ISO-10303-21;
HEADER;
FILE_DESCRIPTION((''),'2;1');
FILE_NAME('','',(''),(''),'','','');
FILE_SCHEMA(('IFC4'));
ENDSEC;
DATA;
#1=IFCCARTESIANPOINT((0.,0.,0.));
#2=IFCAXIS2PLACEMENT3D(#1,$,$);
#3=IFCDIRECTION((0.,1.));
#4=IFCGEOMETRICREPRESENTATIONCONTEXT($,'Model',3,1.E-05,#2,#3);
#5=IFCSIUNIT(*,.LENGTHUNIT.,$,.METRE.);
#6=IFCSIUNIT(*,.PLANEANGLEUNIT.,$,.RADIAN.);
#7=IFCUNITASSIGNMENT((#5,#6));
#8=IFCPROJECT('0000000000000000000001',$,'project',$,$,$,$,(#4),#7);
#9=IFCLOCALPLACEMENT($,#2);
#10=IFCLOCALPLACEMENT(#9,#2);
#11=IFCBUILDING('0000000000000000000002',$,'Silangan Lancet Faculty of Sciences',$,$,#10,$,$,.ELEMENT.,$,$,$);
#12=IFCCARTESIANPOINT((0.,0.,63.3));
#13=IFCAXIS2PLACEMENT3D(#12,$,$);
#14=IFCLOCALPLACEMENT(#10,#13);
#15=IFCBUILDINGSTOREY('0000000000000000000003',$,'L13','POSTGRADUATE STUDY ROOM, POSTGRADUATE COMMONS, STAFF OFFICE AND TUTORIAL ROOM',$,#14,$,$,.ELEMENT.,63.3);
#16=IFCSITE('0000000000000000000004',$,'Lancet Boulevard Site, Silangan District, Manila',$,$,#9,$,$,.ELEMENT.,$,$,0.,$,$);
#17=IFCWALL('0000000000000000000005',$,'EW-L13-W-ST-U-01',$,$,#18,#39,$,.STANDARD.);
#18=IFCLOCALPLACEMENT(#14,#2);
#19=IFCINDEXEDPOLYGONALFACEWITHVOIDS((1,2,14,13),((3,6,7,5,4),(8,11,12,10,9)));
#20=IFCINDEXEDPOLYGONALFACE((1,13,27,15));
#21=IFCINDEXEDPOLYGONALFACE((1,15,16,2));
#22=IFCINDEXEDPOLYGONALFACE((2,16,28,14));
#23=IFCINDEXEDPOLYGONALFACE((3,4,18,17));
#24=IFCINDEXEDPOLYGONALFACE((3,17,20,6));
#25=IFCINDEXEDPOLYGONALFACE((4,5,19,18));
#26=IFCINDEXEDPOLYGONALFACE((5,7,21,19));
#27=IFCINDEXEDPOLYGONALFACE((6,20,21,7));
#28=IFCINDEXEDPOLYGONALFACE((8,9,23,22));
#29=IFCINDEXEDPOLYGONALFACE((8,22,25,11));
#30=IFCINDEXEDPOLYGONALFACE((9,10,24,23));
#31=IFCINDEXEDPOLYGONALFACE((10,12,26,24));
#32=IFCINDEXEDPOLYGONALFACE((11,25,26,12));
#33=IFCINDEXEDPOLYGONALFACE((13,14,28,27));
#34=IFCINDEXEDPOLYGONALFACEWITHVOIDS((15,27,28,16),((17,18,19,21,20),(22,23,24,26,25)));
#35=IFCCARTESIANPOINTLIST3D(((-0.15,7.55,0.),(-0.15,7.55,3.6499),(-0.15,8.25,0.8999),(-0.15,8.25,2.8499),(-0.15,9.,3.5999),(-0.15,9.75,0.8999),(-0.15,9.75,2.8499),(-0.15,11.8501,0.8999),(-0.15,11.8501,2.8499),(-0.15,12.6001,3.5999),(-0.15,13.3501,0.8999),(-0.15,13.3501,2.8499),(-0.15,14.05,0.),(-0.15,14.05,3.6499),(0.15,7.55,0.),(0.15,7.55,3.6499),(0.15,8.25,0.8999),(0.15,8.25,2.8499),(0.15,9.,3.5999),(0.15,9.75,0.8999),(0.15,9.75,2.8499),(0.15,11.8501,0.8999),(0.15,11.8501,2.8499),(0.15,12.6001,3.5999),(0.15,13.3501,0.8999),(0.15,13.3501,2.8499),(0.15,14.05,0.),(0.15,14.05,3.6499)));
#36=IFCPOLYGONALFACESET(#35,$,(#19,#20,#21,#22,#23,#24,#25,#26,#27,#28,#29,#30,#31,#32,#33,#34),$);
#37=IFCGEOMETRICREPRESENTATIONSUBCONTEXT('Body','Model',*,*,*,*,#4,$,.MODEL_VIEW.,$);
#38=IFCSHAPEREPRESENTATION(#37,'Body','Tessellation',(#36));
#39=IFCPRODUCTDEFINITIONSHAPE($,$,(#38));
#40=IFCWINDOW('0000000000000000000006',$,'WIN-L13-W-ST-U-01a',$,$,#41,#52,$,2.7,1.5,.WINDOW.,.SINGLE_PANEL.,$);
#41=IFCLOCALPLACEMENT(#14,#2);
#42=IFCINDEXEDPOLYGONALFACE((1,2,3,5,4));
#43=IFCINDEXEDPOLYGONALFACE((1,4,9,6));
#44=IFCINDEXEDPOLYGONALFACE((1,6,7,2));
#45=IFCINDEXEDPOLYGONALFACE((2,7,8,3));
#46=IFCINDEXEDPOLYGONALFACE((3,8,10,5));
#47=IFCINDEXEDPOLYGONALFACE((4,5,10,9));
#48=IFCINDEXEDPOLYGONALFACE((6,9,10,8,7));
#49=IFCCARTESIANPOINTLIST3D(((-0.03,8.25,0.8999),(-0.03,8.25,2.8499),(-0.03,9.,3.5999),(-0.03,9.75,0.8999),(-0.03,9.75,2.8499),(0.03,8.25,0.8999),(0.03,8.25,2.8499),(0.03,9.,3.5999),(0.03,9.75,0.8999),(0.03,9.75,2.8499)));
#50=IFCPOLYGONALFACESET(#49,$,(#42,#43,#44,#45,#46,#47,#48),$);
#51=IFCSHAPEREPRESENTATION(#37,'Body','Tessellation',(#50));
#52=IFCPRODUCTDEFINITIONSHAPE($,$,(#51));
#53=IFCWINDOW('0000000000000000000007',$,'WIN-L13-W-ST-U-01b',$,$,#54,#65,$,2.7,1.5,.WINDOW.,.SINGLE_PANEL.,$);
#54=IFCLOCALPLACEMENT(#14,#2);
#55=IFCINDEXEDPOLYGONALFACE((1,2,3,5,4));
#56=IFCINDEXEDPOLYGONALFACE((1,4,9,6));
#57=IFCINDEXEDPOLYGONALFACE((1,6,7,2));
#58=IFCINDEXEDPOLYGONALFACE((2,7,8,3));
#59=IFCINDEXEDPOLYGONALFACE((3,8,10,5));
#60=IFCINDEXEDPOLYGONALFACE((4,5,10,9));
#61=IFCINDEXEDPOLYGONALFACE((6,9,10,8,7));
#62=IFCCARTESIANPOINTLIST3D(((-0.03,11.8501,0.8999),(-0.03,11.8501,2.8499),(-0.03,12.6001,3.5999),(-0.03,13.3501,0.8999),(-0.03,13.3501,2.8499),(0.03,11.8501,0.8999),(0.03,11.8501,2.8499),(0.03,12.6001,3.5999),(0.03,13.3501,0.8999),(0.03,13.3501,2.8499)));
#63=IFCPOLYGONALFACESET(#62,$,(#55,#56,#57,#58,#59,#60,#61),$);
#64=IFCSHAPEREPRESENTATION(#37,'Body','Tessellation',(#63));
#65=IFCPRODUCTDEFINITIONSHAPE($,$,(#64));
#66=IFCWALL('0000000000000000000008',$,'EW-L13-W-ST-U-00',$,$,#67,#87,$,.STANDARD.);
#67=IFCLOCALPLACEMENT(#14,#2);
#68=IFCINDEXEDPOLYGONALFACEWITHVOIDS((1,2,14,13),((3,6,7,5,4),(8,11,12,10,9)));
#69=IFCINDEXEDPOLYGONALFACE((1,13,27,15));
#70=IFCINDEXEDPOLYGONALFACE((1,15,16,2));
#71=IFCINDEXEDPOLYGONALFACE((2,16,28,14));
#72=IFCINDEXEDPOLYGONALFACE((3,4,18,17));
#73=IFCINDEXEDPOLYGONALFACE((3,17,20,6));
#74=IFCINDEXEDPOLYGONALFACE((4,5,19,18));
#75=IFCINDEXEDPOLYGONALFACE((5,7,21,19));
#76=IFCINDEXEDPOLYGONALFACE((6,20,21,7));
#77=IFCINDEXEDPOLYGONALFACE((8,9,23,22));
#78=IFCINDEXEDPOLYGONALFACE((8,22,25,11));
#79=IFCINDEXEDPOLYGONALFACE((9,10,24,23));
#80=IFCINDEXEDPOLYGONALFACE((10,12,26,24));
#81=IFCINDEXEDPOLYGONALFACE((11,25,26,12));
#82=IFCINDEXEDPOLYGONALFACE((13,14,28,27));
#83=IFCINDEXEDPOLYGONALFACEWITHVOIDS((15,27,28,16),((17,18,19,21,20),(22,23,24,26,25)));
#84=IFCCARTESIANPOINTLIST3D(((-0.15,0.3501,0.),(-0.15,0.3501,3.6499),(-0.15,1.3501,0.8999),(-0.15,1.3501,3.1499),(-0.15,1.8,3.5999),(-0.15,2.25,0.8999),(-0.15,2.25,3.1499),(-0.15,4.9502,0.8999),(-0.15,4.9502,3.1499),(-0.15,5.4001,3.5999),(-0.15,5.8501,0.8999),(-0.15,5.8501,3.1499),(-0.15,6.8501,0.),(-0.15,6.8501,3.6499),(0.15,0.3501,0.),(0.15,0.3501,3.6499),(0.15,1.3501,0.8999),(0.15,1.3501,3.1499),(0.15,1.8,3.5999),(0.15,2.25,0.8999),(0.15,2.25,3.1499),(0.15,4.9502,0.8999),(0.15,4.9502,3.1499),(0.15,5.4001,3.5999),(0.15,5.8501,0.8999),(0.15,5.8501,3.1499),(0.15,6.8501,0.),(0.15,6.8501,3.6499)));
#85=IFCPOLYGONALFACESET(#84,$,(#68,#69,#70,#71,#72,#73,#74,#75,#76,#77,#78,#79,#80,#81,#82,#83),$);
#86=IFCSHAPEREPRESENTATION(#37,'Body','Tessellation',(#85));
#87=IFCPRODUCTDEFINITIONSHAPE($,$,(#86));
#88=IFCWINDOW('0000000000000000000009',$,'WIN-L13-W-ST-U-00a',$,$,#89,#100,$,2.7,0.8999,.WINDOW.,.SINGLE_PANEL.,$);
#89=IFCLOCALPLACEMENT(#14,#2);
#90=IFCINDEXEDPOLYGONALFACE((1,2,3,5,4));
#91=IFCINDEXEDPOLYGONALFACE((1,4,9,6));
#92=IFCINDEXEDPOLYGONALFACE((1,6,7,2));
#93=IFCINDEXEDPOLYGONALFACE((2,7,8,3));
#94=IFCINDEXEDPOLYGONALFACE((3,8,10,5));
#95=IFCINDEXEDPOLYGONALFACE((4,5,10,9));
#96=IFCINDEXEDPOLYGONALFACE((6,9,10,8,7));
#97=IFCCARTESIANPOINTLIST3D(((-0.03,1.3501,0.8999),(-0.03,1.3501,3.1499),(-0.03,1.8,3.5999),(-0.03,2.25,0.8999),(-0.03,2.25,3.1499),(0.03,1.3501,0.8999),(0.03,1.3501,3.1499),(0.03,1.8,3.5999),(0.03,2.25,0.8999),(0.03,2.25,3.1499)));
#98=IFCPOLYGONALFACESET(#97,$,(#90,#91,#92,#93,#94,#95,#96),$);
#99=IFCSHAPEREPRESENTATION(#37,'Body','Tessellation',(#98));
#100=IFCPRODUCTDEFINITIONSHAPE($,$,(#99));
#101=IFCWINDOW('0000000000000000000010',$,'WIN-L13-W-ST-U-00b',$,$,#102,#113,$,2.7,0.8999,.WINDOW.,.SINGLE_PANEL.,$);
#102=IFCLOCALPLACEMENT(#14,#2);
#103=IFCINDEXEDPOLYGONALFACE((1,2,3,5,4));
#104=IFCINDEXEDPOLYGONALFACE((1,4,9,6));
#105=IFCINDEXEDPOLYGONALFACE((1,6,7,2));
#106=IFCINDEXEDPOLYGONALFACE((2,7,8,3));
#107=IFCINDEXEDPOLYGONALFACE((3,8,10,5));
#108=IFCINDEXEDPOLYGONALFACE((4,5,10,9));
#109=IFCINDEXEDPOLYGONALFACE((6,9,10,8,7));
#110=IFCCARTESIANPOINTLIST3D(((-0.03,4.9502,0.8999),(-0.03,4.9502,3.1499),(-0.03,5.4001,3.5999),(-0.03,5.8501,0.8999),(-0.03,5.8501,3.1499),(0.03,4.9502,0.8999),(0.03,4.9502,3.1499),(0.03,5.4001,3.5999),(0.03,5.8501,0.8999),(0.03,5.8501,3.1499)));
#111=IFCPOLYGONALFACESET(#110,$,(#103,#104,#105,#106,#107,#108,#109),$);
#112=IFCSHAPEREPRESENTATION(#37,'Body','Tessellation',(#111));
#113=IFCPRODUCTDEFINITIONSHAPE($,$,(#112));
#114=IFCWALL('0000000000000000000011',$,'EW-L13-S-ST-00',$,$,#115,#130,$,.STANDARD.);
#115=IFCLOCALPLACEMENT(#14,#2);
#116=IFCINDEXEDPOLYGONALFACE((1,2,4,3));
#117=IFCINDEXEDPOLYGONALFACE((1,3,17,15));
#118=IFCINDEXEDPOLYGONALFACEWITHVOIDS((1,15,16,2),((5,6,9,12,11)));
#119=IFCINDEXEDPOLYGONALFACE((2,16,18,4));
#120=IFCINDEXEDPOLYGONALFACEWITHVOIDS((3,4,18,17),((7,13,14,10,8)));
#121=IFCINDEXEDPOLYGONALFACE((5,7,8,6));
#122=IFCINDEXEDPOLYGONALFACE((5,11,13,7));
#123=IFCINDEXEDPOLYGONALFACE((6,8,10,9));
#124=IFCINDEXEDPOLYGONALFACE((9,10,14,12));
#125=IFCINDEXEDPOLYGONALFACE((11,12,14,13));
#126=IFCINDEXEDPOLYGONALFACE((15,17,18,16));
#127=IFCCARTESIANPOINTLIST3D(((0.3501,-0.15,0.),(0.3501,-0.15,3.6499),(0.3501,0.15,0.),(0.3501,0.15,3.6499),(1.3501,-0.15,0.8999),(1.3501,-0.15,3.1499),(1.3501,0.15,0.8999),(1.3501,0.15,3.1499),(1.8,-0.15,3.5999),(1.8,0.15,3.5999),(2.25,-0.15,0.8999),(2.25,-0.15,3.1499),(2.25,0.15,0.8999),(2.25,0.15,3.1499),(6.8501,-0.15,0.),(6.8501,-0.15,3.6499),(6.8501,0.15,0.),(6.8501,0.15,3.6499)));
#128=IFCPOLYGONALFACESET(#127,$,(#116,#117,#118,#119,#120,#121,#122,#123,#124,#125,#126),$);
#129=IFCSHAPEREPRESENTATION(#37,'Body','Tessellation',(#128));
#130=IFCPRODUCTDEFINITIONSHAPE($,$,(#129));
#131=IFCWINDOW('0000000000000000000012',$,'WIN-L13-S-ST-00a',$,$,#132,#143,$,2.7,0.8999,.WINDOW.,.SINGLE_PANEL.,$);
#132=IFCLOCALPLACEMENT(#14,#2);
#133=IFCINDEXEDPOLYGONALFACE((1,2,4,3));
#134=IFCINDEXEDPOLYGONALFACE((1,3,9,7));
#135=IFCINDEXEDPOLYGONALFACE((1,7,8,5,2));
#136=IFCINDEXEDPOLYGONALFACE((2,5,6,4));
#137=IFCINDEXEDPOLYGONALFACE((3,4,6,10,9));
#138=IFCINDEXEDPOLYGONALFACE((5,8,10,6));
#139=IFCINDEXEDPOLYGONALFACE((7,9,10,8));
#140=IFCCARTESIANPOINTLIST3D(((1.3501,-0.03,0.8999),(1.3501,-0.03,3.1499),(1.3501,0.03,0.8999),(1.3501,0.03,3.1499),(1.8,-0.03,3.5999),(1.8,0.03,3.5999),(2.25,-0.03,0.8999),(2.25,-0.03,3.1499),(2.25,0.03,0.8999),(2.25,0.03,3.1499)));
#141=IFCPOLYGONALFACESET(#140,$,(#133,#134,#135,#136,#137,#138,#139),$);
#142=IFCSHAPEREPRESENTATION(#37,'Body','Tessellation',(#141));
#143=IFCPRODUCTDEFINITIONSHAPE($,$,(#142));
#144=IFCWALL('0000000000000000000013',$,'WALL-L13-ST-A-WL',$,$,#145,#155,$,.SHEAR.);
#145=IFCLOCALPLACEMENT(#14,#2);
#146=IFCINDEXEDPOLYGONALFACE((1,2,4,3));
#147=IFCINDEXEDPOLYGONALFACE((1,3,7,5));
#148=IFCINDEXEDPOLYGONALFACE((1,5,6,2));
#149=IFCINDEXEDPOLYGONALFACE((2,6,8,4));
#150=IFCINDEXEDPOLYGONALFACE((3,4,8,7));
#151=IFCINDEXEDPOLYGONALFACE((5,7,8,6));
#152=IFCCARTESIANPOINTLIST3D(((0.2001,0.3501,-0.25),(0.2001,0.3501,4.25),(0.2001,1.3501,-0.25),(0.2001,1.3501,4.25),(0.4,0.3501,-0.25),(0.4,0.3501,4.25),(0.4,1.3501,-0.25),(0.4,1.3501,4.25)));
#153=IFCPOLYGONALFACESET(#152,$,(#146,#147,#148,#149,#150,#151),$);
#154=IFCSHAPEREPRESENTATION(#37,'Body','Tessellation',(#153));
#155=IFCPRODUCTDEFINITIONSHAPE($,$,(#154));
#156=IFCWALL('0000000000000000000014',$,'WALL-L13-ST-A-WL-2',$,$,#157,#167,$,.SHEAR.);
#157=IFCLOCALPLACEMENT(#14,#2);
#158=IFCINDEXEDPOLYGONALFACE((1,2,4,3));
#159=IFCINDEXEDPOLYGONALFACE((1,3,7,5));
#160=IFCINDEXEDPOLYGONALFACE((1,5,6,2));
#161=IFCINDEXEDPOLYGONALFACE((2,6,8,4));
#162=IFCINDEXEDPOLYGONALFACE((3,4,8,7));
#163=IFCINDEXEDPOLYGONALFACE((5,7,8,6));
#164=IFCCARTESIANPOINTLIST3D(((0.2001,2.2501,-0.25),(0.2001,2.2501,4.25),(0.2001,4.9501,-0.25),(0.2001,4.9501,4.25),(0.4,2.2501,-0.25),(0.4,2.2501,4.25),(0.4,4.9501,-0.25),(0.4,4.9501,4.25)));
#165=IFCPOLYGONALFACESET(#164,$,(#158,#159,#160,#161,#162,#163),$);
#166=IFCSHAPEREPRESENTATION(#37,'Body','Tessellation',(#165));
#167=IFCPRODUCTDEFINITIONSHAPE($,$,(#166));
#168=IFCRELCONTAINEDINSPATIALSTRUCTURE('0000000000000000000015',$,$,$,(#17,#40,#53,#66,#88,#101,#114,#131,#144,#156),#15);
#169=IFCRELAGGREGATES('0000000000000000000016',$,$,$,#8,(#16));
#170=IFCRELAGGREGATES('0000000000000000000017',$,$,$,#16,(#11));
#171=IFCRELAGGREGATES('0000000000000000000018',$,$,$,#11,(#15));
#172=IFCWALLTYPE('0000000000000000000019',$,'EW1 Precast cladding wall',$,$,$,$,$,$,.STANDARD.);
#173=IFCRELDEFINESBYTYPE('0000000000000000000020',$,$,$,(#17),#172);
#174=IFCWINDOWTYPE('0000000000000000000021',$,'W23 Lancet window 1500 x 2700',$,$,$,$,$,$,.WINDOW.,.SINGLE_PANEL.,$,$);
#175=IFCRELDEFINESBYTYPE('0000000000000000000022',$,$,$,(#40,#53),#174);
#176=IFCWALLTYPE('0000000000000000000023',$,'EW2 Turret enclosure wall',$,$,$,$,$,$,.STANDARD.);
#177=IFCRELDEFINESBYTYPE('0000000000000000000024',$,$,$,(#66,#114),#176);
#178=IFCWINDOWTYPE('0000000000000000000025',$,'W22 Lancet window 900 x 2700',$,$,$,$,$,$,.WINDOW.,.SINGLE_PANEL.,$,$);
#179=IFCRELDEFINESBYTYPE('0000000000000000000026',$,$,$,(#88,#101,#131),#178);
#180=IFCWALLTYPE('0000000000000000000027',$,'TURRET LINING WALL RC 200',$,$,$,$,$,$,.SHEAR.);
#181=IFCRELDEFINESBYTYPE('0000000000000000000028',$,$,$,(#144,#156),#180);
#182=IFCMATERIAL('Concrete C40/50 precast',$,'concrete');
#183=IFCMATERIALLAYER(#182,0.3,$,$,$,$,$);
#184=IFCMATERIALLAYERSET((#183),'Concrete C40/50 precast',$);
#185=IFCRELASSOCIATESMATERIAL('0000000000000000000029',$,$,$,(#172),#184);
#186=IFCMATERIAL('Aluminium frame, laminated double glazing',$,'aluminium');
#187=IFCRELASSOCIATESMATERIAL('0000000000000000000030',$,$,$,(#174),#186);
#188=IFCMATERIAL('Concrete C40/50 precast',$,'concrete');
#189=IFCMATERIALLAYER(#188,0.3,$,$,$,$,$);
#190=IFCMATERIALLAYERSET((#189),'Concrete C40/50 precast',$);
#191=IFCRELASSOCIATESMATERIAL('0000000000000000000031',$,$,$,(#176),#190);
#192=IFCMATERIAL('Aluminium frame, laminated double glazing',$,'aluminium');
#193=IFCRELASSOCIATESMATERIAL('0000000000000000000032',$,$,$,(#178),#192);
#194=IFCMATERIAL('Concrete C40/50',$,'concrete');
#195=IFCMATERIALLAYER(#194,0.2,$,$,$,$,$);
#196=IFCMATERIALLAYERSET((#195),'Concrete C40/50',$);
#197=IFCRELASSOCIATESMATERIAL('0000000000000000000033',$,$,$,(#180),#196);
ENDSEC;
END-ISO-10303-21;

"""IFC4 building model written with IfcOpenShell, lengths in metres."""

from ifc_helpers import new_model, si_unit, direction, frame, frame_2d, origin, place, context, subcontext, project, spatial, polyline, rectangle, outline, extrude, material, layer, layer_set, type_object, element, fill, save


model = new_model("IFC4")

# Units and contexts
model_context = context("Model", 3, precision=1e-05, world=origin(), true_north=direction((0.0, 1.0)))
body_context = subcontext(model_context, "Body", "Model", "MODEL_VIEW")
ifc_project = project(units=[si_unit("LENGTHUNIT", "METRE"), si_unit("PLANEANGLEUNIT", "RADIAN")], contexts=[model_context])

# Site, building, storey
site_placement = place(None, origin())
site = spatial("IfcSite", under=ifc_project, at=site_placement, Name="Lancet Boulevard Site, Silangan District, Manila", CompositionType="ELEMENT", RefElevation=0.0)
building_placement = place(site_placement, origin())
building = spatial("IfcBuilding", under=site, at=building_placement, Name="Silangan Lancet Faculty of Sciences", CompositionType="ELEMENT")
storey_placement = place(building_placement, frame((0.0, 0.0, 63.3)))
storey = spatial("IfcBuildingStorey", under=building, at=storey_placement, Name="L13", Description="POSTGRADUATE STUDY ROOM, POSTGRADUATE COMMONS, STAFF OFFICE AND TUTORIAL ROOM", CompositionType="ELEMENT", Elevation=63.3)

# Walls, openings, windows
ifc_material_1 = material(Name="Concrete C40/50 precast", Category="concrete")
ifc_layer_1 = layer(ifc_material_1, 0.3)
ifc_layer_set_1 = layer_set([ifc_layer_1], Name="Concrete C40/50 precast")
wall_type_1 = type_object("IfcWallType", Name="EW1 Precast cladding wall", PredefinedType="STANDARD", material=ifc_layer_set_1)
wall_1_placement = place(storey_placement, frame((0.0, 7.55, 0.0), z_axis=(0.0, 0.0, 1.0), x_axis=(0.0, 1.0, 0.0)))
wall_1 = element("IfcWall", 1, at=wall_1_placement, inside=storey, type_object=wall_type_1, Name="EW-L13-W-ST-U-01", PredefinedType="STANDARD", context=body_context, shape_type="SweptSolid", body=[
    extrude(rectangle(XDim=6.5, YDim=0.3, at=frame_2d((3.25, 0.0))), origin(), (0.0, 0.0, 1.0), 3.6499),
])
opening_1_placement = place(wall_1_placement, frame((0.7, 0.0, 0.8999)))
opening_1 = element("IfcOpeningElement", 2, at=opening_1_placement, cuts=wall_1, PredefinedType="OPENING", context=body_context, shape_type="SweptSolid", body=[
    extrude(outline(polyline([(0.0, 0.0), (1.5, 0.0), (1.5, 1.95), (0.75, 2.7), (0.0, 1.95), (0.0, 0.0)])), frame((0.0, 0.1599, 0.0), z_axis=(0.0, -1.0, 0.0), x_axis=(1.0, 0.0, 0.0)), (0.0, 0.0, 1.0), 0.3201),
])
opening_2_placement = place(wall_1_placement, frame((4.3, 0.0, 0.8999)))
opening_2 = element("IfcOpeningElement", 3, at=opening_2_placement, cuts=wall_1, PredefinedType="OPENING", context=body_context, shape_type="SweptSolid", body=[
    extrude(outline(polyline([(0.0, 0.0), (1.5, 0.0), (1.5, 1.95), (0.75, 2.7), (0.0, 1.95), (0.0, 0.0)])), frame((0.0, 0.1599, 0.0), z_axis=(0.0, -1.0, 0.0), x_axis=(1.0, 0.0, 0.0)), (0.0, 0.0, 1.0), 0.3201),
])
ifc_material_2 = material(Name="Aluminium frame, laminated double glazing", Category="aluminium")
window_type_1 = type_object("IfcWindowType", Name="W23 Lancet window 1500 x 2700", PartitioningType="SINGLE_PANEL", PredefinedType="WINDOW", material=ifc_material_2)
window_1_placement = place(opening_1_placement, origin())
window_1 = element("IfcWindow", 4, at=window_1_placement, inside=storey, type_object=window_type_1, Name="WIN-L13-W-ST-U-01a", OverallHeight=2.7, OverallWidth=1.5, PartitioningType="SINGLE_PANEL", PredefinedType="WINDOW", context=body_context, shape_type="SweptSolid", body=[
    extrude(outline(polyline([(0.0, 0.0), (1.5, 0.0), (1.5, 1.95), (0.75, 2.7), (0.0, 1.95), (0.0, 0.0)])), frame((0.0, 0.03, 0.0), z_axis=(0.0, -1.0, 0.0), x_axis=(1.0, 0.0, 0.0)), (0.0, 0.0, 1.0), 0.0601),
])
fill(opening_1, window_1)
window_2_placement = place(opening_2_placement, origin())
window_2 = element("IfcWindow", 5, at=window_2_placement, inside=storey, type_object=window_type_1, Name="WIN-L13-W-ST-U-01b", OverallHeight=2.7, OverallWidth=1.5, PartitioningType="SINGLE_PANEL", PredefinedType="WINDOW", context=body_context, shape_type="SweptSolid", body=[
    extrude(outline(polyline([(0.0, 0.0), (1.5, 0.0), (1.5, 1.95), (0.75, 2.7), (0.0, 1.95), (0.0, 0.0)])), frame((0.0, 0.03, 0.0), z_axis=(0.0, -1.0, 0.0), x_axis=(1.0, 0.0, 0.0)), (0.0, 0.0, 1.0), 0.0601),
])
fill(opening_2, window_2)
ifc_material_3 = material(Name="Concrete C40/50 precast", Category="concrete")
ifc_layer_2 = layer(ifc_material_3, 0.3)
ifc_layer_set_2 = layer_set([ifc_layer_2], Name="Concrete C40/50 precast")
wall_type_2 = type_object("IfcWallType", Name="EW2 Turret enclosure wall", PredefinedType="STANDARD", material=ifc_layer_set_2)
wall_2_placement = place(storey_placement, frame((0.0, 0.3501, 0.0), z_axis=(0.0, 0.0, 1.0), x_axis=(0.0, 1.0, 0.0)))
wall_2 = element("IfcWall", 6, at=wall_2_placement, inside=storey, type_object=wall_type_2, Name="EW-L13-W-ST-U-00", PredefinedType="STANDARD", context=body_context, shape_type="SweptSolid", body=[
    extrude(rectangle(XDim=6.5, YDim=0.3, at=frame_2d((3.25, 0.0))), origin(), (0.0, 0.0, 1.0), 3.6499),
])
opening_3_placement = place(wall_2_placement, frame((1.0, 0.0, 0.8999)))
opening_3 = element("IfcOpeningElement", 7, at=opening_3_placement, cuts=wall_2, PredefinedType="OPENING", context=body_context, shape_type="SweptSolid", body=[
    extrude(outline(polyline([(0.0, 0.0), (0.8999, 0.0), (0.8999, 2.25), (0.45, 2.7), (0.0, 2.25), (0.0, 0.0)])), frame((0.0, 0.1599, 0.0), z_axis=(0.0, -1.0, 0.0), x_axis=(1.0, 0.0, 0.0)), (0.0, 0.0, 1.0), 0.3201),
])
opening_4_placement = place(wall_2_placement, frame((4.6001, 0.0, 0.8999)))
opening_4 = element("IfcOpeningElement", 8, at=opening_4_placement, cuts=wall_2, PredefinedType="OPENING", context=body_context, shape_type="SweptSolid", body=[
    extrude(outline(polyline([(0.0, 0.0), (0.8999, 0.0), (0.8999, 2.25), (0.45, 2.7), (0.0, 2.25), (0.0, 0.0)])), frame((0.0, 0.1599, 0.0), z_axis=(0.0, -1.0, 0.0), x_axis=(1.0, 0.0, 0.0)), (0.0, 0.0, 1.0), 0.3201),
])
ifc_material_4 = material(Name="Aluminium frame, laminated double glazing", Category="aluminium")
window_type_2 = type_object("IfcWindowType", Name="W22 Lancet window 900 x 2700", PartitioningType="SINGLE_PANEL", PredefinedType="WINDOW", material=ifc_material_4)
window_3_placement = place(opening_3_placement, origin())
window_3 = element("IfcWindow", 9, at=window_3_placement, inside=storey, type_object=window_type_2, Name="WIN-L13-W-ST-U-00a", OverallHeight=2.7, OverallWidth=0.8999, PartitioningType="SINGLE_PANEL", PredefinedType="WINDOW", context=body_context, shape_type="SweptSolid", body=[
    extrude(outline(polyline([(0.0, 0.0), (0.8999, 0.0), (0.8999, 2.25), (0.45, 2.7), (0.0, 2.25), (0.0, 0.0)])), frame((0.0, 0.03, 0.0), z_axis=(0.0, -1.0, 0.0), x_axis=(1.0, 0.0, 0.0)), (0.0, 0.0, 1.0), 0.0601),
])
fill(opening_3, window_3)
window_4_placement = place(opening_4_placement, origin())
window_4 = element("IfcWindow", 10, at=window_4_placement, inside=storey, type_object=window_type_2, Name="WIN-L13-W-ST-U-00b", OverallHeight=2.7, OverallWidth=0.8999, PartitioningType="SINGLE_PANEL", PredefinedType="WINDOW", context=body_context, shape_type="SweptSolid", body=[
    extrude(outline(polyline([(0.0, 0.0), (0.8999, 0.0), (0.8999, 2.25), (0.45, 2.7), (0.0, 2.25), (0.0, 0.0)])), frame((0.0, 0.03, 0.0), z_axis=(0.0, -1.0, 0.0), x_axis=(1.0, 0.0, 0.0)), (0.0, 0.0, 1.0), 0.0601),
])
fill(opening_4, window_4)

# Wall, opening, window
wall_3_placement = place(storey_placement, frame((0.3501, 0.0, 0.0), z_axis=(0.0, 0.0, 1.0), x_axis=(1.0, 0.0, 0.0)))
wall_3 = element("IfcWall", 11, at=wall_3_placement, inside=storey, type_object=wall_type_2, Name="EW-L13-S-ST-00", PredefinedType="STANDARD", context=body_context, shape_type="SweptSolid", body=[
    extrude(rectangle(XDim=6.5, YDim=0.3, at=frame_2d((3.25, 0.0))), origin(), (0.0, 0.0, 1.0), 3.6499),
])
opening_5_placement = place(wall_3_placement, frame((1.0, 0.0, 0.8999)))
opening_5 = element("IfcOpeningElement", 12, at=opening_5_placement, cuts=wall_3, PredefinedType="OPENING", context=body_context, shape_type="SweptSolid", body=[
    extrude(outline(polyline([(0.0, 0.0), (0.8999, 0.0), (0.8999, 2.25), (0.45, 2.7), (0.0, 2.25), (0.0, 0.0)])), frame((0.0, 0.1599, 0.0), z_axis=(0.0, -1.0, 0.0), x_axis=(1.0, 0.0, 0.0)), (0.0, 0.0, 1.0), 0.3201),
])
window_5_placement = place(opening_5_placement, origin())
window_5 = element("IfcWindow", 13, at=window_5_placement, inside=storey, type_object=window_type_2, Name="WIN-L13-S-ST-00a", OverallHeight=2.7, OverallWidth=0.8999, PartitioningType="SINGLE_PANEL", PredefinedType="WINDOW", context=body_context, shape_type="SweptSolid", body=[
    extrude(outline(polyline([(0.0, 0.0), (0.8999, 0.0), (0.8999, 2.25), (0.45, 2.7), (0.0, 2.25), (0.0, 0.0)])), frame((0.0, 0.03, 0.0), z_axis=(0.0, -1.0, 0.0), x_axis=(1.0, 0.0, 0.0)), (0.0, 0.0, 1.0), 0.0601),
])
fill(opening_5, window_5)

# Walls
ifc_material_5 = material(Name="Concrete C40/50", Category="concrete")
ifc_layer_3 = layer(ifc_material_5, 0.2)
ifc_layer_set_3 = layer_set([ifc_layer_3], Name="Concrete C40/50")
wall_type_3 = type_object("IfcWallType", Name="TURRET LINING WALL RC 200", PredefinedType="SHEAR", material=ifc_layer_set_3)
wall_4_placement = place(storey_placement, frame((0.3, 0.3501, -0.25), z_axis=(0.0, 0.0, 1.0), x_axis=(0.0, 1.0, 0.0)))
element("IfcWall", 14, at=wall_4_placement, inside=storey, type_object=wall_type_3, Name="WALL-L13-ST-A-WL", PredefinedType="SHEAR", context=body_context, shape_type="SweptSolid", body=[
    extrude(rectangle(XDim=1.0, YDim=0.2, at=frame_2d((0.5, 0.0))), origin(), (0.0, 0.0, 1.0), 4.5),
])
wall_5_placement = place(storey_placement, frame((0.3, 2.25, -0.25), z_axis=(0.0, 0.0, 1.0), x_axis=(0.0, 1.0, 0.0)))
element("IfcWall", 15, at=wall_5_placement, inside=storey, type_object=wall_type_3, Name="WALL-L13-ST-A-WL-2", PredefinedType="SHEAR", context=body_context, shape_type="SweptSolid", body=[
    extrude(rectangle(XDim=2.7, YDim=0.2, at=frame_2d((1.3501, 0.0))), origin(), (0.0, 0.0, 1.0), 4.5),
])

save(model, "model.ifc")
